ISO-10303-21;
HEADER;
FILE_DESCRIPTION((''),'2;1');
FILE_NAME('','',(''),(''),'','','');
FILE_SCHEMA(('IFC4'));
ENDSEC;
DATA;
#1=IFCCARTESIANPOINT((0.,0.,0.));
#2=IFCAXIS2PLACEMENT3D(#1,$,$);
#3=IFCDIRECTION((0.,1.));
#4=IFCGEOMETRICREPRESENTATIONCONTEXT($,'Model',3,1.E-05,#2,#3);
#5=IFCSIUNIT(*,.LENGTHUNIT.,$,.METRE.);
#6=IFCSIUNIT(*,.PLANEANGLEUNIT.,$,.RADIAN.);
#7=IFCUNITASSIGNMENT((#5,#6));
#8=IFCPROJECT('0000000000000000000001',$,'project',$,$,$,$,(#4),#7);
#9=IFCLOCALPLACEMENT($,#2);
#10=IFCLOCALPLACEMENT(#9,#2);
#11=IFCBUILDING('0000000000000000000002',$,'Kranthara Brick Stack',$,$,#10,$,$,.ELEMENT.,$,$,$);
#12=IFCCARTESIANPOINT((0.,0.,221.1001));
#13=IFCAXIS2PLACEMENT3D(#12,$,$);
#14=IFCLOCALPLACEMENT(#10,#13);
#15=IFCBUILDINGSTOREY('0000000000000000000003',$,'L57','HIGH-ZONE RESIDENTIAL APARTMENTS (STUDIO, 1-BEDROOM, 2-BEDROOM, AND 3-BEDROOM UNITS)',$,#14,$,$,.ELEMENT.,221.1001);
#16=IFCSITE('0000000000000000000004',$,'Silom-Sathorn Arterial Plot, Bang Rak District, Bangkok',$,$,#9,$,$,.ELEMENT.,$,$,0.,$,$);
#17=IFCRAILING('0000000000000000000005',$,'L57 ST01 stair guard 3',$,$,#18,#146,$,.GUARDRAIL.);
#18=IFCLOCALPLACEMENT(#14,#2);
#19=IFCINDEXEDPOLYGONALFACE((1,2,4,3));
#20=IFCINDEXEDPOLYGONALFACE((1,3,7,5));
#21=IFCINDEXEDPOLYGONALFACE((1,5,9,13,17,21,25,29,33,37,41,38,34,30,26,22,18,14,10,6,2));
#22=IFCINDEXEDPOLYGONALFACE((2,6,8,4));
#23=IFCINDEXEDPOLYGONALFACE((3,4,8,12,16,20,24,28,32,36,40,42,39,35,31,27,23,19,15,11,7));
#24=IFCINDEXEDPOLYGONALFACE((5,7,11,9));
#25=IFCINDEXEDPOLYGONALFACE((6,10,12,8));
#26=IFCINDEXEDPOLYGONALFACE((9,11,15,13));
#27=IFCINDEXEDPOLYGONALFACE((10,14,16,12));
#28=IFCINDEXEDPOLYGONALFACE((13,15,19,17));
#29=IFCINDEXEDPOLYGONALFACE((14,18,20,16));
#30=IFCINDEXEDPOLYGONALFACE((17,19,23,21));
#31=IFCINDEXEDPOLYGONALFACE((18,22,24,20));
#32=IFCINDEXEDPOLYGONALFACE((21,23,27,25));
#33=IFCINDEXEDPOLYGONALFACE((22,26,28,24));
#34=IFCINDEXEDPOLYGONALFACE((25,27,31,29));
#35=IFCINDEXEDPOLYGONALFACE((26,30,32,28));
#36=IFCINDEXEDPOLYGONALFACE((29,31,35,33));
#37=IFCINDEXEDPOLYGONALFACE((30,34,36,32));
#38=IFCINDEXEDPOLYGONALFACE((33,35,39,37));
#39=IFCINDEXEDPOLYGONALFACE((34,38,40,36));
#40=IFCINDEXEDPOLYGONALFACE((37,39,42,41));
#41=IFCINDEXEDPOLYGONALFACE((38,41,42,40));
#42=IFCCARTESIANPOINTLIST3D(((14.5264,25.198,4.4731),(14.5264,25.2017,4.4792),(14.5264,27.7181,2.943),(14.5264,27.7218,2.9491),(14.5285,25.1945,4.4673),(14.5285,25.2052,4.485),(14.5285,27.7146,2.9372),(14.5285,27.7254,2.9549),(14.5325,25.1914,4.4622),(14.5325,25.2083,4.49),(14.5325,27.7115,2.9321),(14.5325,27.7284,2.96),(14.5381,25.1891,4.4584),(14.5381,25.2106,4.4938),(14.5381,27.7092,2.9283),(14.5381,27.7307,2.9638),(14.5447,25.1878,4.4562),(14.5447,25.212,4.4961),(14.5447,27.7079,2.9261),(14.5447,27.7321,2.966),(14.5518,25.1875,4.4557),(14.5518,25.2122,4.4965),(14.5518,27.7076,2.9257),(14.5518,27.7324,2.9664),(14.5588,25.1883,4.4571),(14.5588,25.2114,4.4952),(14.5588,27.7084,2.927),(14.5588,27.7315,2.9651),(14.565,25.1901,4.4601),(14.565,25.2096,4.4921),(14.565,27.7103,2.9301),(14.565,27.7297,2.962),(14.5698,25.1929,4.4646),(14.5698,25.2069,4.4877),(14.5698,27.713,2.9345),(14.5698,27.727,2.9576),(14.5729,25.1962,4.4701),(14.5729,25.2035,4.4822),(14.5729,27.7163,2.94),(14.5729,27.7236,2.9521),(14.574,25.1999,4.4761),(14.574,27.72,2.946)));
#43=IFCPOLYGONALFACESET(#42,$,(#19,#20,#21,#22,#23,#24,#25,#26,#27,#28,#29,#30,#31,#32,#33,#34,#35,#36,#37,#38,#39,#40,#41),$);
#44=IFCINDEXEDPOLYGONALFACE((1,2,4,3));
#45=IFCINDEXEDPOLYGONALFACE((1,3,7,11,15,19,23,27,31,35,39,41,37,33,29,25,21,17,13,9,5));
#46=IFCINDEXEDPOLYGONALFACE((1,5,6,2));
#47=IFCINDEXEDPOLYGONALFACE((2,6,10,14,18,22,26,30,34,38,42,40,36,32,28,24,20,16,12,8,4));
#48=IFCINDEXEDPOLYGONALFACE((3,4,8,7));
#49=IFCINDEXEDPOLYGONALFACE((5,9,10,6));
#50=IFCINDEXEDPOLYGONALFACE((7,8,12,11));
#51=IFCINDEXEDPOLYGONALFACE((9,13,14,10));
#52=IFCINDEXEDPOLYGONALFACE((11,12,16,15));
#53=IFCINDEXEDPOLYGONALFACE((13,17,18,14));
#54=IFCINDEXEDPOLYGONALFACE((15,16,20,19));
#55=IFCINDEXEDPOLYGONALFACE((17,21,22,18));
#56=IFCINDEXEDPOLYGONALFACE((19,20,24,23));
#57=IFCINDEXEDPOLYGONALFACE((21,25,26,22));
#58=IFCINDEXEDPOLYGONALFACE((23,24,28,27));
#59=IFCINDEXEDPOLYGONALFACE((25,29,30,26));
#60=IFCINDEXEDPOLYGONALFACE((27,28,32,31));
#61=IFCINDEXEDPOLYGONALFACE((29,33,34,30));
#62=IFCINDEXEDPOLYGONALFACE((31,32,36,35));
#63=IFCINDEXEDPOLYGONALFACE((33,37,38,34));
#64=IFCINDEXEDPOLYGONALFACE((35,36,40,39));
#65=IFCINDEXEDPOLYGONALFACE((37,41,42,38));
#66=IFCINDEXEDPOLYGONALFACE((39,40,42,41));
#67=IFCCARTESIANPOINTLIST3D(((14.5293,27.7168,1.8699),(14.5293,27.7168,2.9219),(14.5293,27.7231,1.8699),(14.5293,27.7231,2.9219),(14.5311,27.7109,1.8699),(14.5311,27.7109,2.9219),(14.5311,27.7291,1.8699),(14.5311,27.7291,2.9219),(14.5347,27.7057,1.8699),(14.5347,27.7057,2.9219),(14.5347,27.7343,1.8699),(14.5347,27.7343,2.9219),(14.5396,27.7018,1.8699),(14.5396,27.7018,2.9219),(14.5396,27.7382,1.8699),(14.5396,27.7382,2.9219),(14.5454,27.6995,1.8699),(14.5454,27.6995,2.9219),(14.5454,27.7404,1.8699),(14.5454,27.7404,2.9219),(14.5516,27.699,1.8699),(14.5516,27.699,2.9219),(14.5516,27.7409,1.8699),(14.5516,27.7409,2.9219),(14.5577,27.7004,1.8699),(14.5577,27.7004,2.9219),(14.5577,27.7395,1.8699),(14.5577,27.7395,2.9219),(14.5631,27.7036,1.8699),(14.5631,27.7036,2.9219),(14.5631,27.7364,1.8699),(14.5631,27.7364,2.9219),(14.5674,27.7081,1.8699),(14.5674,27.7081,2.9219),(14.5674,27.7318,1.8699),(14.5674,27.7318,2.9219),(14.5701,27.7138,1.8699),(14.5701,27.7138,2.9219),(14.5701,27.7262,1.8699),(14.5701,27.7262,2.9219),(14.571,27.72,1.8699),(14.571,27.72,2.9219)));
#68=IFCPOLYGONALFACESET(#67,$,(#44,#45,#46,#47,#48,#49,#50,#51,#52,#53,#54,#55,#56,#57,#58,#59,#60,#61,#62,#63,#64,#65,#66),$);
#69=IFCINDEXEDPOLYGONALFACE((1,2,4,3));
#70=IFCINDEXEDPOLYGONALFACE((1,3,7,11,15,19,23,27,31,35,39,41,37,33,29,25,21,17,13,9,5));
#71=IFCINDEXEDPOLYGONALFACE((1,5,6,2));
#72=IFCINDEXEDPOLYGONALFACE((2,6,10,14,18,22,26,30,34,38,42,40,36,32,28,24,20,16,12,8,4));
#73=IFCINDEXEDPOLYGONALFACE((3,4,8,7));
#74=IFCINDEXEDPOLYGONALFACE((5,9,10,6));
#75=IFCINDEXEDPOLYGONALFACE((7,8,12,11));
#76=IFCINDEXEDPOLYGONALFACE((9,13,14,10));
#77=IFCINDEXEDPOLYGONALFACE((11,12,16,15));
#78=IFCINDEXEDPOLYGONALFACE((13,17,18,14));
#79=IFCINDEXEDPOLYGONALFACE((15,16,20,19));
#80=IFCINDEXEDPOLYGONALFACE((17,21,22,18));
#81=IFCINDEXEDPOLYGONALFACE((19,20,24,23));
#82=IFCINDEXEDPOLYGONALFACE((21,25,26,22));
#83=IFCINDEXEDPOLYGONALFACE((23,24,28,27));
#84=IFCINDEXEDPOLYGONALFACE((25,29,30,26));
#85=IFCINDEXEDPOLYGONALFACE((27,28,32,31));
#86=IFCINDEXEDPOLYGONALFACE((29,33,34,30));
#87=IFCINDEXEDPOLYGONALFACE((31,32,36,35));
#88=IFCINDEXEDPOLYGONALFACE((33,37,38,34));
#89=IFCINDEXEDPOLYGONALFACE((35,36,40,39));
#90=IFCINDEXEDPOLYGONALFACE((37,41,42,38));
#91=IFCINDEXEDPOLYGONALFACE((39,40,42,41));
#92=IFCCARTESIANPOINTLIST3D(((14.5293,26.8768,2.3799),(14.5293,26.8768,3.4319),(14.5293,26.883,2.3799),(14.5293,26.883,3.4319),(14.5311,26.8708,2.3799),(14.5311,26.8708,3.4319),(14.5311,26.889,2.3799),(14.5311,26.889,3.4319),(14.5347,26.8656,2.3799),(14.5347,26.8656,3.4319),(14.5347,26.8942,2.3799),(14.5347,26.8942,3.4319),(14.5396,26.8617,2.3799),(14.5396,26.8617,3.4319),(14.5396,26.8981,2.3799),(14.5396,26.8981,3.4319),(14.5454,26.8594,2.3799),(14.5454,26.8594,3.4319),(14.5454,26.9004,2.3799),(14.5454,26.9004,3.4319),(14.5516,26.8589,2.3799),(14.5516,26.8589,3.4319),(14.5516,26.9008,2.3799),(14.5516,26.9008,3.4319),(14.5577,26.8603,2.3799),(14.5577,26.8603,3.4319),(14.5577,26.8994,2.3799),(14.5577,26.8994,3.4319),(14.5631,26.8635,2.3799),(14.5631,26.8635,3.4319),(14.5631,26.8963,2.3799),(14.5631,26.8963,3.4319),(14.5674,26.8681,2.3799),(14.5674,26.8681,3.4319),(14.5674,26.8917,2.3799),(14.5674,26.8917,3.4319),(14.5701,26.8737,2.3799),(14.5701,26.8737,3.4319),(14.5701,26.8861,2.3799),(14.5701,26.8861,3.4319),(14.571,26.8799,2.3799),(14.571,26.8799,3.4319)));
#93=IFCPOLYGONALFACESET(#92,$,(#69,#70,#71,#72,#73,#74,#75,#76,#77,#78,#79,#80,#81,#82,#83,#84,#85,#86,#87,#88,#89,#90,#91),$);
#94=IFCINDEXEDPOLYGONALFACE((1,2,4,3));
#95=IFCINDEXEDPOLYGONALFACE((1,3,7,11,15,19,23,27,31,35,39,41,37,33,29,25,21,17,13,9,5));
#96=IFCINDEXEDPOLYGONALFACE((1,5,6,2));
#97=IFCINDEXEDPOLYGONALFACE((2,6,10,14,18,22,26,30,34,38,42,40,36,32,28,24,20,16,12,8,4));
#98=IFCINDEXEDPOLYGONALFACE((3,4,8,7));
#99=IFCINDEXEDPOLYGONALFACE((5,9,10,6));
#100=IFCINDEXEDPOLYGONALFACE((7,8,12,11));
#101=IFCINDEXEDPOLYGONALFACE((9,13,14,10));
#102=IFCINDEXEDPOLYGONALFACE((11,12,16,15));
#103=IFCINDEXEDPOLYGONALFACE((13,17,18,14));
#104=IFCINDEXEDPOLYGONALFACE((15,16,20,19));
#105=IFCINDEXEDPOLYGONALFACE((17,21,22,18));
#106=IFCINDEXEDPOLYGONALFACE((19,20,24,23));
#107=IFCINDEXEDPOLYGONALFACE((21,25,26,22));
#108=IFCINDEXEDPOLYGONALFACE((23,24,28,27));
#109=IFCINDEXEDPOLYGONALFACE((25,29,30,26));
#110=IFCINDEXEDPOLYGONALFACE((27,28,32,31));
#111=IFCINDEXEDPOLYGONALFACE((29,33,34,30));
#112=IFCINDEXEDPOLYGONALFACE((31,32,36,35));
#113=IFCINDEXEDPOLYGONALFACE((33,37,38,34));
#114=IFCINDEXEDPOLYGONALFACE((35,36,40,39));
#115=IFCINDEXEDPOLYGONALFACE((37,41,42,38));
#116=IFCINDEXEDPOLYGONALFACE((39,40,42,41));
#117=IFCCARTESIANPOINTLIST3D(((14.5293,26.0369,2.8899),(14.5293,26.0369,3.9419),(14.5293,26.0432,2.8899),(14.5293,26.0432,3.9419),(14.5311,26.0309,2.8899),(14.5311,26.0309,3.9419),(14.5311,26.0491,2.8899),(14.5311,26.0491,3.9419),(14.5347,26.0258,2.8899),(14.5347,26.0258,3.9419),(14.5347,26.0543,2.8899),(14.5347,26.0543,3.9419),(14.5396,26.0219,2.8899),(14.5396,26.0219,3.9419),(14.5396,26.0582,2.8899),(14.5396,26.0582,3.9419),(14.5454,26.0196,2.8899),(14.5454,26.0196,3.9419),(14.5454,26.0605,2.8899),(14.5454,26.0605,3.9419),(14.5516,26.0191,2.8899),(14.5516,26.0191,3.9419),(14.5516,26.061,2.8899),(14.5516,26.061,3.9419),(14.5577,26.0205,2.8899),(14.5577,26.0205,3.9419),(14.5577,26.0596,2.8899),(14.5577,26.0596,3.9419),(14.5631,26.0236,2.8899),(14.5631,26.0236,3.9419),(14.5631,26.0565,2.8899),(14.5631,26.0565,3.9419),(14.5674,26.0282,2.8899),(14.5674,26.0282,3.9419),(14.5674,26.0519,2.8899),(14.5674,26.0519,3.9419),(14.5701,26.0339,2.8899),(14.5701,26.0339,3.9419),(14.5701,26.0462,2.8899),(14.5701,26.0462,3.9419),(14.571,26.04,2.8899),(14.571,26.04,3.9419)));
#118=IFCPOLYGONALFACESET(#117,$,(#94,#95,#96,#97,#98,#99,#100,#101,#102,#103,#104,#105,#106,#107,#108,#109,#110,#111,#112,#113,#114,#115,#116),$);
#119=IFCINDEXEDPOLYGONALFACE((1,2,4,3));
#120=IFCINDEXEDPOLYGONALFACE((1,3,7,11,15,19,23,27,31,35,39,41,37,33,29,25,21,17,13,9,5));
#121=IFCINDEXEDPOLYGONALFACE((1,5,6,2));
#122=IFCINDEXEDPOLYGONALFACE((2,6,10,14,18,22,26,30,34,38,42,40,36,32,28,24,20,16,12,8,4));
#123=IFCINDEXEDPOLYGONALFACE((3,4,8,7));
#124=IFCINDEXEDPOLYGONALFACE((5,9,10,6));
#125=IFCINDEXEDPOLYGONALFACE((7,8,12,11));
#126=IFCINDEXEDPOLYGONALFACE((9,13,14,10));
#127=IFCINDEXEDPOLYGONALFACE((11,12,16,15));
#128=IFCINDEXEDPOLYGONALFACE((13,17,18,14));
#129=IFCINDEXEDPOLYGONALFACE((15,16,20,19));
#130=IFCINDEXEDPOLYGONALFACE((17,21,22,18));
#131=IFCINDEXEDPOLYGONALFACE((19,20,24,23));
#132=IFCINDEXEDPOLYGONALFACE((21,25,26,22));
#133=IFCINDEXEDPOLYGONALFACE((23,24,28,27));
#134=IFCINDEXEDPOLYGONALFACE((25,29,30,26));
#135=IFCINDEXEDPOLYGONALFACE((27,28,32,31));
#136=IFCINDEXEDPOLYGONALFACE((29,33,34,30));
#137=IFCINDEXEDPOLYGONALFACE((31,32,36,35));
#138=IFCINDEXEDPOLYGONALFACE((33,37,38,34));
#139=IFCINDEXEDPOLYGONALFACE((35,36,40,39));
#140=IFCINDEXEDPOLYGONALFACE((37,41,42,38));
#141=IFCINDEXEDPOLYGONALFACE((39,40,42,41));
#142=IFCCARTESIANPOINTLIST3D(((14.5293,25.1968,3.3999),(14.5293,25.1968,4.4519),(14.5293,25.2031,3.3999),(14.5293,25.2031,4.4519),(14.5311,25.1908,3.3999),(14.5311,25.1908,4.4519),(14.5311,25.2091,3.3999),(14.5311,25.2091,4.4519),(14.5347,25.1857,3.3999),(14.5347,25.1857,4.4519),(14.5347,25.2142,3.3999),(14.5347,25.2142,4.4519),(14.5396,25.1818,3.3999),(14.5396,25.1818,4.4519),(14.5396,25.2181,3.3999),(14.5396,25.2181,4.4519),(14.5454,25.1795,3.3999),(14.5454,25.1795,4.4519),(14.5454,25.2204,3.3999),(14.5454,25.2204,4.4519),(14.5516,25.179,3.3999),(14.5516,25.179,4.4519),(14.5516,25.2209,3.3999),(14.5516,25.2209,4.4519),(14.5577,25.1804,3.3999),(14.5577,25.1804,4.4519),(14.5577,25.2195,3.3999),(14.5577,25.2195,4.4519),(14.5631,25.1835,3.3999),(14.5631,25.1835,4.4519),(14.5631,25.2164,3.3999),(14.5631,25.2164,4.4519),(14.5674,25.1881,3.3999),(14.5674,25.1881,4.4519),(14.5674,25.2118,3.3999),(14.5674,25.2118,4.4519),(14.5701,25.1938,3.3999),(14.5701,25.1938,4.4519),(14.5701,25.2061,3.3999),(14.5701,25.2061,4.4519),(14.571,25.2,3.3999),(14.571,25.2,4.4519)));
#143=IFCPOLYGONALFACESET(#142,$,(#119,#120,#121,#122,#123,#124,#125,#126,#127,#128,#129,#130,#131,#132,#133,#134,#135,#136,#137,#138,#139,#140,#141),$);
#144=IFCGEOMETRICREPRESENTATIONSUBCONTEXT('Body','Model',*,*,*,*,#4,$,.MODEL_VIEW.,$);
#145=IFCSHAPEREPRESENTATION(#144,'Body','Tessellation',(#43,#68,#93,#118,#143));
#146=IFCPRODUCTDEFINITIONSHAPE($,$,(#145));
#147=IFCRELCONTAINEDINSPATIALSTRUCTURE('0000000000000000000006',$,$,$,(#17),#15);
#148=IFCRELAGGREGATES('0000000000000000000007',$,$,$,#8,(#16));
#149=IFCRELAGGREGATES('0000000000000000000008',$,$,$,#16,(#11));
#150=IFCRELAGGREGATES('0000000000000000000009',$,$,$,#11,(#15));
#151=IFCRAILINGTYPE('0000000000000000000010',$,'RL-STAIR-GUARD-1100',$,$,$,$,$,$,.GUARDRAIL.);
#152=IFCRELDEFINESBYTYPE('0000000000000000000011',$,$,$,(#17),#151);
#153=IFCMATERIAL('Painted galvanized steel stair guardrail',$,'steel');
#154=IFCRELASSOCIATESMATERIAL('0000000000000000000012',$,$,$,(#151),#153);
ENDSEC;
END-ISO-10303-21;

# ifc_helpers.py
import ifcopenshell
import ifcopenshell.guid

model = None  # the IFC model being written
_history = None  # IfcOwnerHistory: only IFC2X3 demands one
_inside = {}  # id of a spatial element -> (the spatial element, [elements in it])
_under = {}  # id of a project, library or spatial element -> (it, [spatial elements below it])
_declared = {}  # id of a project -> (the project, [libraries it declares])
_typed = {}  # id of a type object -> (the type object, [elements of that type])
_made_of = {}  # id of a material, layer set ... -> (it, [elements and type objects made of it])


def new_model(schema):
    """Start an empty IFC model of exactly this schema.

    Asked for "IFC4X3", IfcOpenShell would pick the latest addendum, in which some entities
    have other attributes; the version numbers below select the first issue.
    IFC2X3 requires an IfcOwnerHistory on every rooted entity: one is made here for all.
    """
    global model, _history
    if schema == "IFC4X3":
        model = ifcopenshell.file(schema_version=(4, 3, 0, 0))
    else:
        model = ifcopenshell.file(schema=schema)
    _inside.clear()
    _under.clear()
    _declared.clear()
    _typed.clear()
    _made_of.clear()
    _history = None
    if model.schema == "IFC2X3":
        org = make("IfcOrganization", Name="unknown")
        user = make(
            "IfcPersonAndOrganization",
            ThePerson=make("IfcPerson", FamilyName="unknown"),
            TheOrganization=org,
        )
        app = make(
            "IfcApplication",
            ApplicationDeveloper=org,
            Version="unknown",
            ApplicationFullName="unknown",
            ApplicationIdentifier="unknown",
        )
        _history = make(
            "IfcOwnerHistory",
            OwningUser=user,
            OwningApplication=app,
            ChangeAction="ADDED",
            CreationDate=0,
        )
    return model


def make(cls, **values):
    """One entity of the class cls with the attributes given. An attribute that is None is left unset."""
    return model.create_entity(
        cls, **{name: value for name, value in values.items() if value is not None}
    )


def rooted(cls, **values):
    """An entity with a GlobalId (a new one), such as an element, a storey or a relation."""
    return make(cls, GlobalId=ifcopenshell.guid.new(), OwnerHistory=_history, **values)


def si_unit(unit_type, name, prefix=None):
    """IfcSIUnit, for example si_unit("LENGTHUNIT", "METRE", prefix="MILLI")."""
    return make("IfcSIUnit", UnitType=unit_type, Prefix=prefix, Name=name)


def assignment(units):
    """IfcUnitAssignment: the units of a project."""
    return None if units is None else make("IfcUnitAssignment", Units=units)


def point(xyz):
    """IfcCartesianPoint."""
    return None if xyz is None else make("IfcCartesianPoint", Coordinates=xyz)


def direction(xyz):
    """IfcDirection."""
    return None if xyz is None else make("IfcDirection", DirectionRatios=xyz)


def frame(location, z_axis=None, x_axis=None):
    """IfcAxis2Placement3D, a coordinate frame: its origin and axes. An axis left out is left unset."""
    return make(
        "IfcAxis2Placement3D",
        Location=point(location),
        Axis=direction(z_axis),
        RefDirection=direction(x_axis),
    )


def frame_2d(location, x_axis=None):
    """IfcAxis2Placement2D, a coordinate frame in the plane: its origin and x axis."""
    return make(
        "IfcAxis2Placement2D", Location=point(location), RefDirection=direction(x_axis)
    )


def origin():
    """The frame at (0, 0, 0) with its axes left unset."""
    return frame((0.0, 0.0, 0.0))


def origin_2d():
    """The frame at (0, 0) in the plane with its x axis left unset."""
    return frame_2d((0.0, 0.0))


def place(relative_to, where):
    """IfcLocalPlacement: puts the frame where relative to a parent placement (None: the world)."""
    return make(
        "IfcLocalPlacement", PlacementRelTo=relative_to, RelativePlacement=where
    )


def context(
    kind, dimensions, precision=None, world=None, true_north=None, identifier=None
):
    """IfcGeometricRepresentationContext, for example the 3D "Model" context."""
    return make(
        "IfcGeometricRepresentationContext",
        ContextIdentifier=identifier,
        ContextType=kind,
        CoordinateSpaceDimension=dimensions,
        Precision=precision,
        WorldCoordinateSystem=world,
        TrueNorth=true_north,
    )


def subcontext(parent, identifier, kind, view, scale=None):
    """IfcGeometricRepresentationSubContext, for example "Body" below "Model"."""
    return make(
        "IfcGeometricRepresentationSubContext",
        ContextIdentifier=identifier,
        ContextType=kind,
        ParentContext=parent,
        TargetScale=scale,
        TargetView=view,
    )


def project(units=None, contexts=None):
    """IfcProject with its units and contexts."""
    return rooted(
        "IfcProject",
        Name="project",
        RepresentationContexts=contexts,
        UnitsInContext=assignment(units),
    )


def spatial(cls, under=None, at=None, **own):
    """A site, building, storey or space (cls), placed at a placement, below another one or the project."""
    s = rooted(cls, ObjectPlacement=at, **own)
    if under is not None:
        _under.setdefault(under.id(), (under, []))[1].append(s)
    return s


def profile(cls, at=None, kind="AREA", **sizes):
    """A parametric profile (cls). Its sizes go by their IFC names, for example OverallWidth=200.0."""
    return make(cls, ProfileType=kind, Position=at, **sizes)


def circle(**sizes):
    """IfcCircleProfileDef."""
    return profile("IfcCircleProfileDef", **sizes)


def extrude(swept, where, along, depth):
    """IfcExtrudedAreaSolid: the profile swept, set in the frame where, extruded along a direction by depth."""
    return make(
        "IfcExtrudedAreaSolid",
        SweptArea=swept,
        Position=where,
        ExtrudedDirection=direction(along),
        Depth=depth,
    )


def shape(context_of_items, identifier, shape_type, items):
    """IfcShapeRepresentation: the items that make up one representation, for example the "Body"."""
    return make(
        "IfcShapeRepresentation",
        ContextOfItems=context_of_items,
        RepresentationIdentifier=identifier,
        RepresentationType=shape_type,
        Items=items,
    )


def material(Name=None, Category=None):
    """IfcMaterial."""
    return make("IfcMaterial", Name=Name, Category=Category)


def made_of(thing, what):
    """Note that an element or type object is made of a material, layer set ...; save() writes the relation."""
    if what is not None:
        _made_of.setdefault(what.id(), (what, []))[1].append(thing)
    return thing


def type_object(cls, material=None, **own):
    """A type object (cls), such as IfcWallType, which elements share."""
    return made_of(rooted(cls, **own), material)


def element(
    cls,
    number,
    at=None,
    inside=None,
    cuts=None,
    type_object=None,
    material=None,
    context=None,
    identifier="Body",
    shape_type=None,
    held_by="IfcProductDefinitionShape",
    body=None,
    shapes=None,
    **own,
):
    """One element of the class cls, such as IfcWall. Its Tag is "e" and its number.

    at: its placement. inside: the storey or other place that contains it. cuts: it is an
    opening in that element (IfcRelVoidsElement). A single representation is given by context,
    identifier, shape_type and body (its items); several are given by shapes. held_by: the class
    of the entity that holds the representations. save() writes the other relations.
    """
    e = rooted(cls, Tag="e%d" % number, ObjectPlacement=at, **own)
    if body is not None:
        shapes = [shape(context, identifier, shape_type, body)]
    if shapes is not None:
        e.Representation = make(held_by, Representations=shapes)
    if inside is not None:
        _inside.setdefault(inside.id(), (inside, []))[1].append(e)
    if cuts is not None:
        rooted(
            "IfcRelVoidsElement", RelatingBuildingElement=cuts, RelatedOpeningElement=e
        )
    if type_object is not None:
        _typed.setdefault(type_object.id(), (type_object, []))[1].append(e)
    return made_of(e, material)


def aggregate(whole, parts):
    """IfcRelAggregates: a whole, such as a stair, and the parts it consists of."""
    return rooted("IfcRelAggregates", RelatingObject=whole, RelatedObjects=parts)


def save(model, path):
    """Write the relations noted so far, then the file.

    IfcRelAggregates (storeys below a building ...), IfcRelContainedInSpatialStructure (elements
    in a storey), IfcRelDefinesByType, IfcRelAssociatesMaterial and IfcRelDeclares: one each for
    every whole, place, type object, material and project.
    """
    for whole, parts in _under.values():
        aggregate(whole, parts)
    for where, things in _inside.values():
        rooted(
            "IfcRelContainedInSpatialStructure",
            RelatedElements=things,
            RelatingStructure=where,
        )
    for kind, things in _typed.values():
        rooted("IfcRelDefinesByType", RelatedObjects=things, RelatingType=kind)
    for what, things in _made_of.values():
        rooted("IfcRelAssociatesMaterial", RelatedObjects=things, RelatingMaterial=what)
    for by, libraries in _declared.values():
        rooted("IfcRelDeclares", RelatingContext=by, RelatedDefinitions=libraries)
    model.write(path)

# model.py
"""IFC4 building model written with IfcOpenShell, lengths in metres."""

from ifc_helpers import new_model, si_unit, direction, frame, origin, origin_2d, place, context, subcontext, project, spatial, circle, extrude, material, type_object, element, save


model = new_model("IFC4")

# Units and contexts
model_context = context("Model", 3, precision=1e-05, world=origin(), true_north=direction((0.0, 1.0)))
body_context = subcontext(model_context, "Body", "Model", "MODEL_VIEW")
ifc_project = project(units=[si_unit("LENGTHUNIT", "METRE"), si_unit("PLANEANGLEUNIT", "RADIAN")], contexts=[model_context])

# Site, building, storey
site_placement = place(None, origin())
site = spatial("IfcSite", under=ifc_project, at=site_placement, Name="Silom-Sathorn Arterial Plot, Bang Rak District, Bangkok", CompositionType="ELEMENT", RefElevation=0.0)
building_placement = place(site_placement, origin())
building = spatial("IfcBuilding", under=site, at=building_placement, Name="Kranthara Brick Stack", CompositionType="ELEMENT")
storey_placement = place(building_placement, frame((0.0, 0.0, 221.1001)))
storey = spatial("IfcBuildingStorey", under=building, at=storey_placement, Name="L57", Description="HIGH-ZONE RESIDENTIAL APARTMENTS (STUDIO, 1-BEDROOM, 2-BEDROOM, AND 3-BEDROOM UNITS)", CompositionType="ELEMENT", Elevation=221.1001)

# Railing
ifc_material_1 = material(Name="Painted galvanized steel stair guardrail", Category="steel")
railing_type_1 = type_object("IfcRailingType", Name="RL-STAIR-GUARD-1100", PredefinedType="GUARDRAIL", material=ifc_material_1)
railing_1_placement = place(storey_placement, frame((14.55, 27.72, 1.8699)))
element("IfcRailing", 1, at=railing_1_placement, inside=storey, type_object=railing_type_1, Name="L57 ST01 stair guard 3", PredefinedType="GUARDRAIL", context=body_context, shape_type="SweptSolid", body=[
    extrude(circle(Radius=0.0239, at=origin_2d()), frame((0.0, 0.0, 1.0762), z_axis=(0.0, -0.854785, 0.518982), x_axis=(1.0, 0.0, 0.0)), (0.0, 0.0, 1.0), 2.9482),
    extrude(circle(Radius=0.021, at=origin_2d()), origin(), (0.0, 0.0, 1.0), 1.052),
    extrude(circle(Radius=0.021, at=origin_2d()), frame((0.0, -0.8401, 0.51)), (0.0, 0.0, 1.0), 1.052),
    extrude(circle(Radius=0.021, at=origin_2d()), frame((0.0, -1.6799, 1.02)), (0.0, 0.0, 1.0), 1.052),
    extrude(circle(Radius=0.021, at=origin_2d()), frame((0.0, -2.52, 1.53)), (0.0, 0.0, 1.0), 1.052),
])

save(model, "model.ifc")
